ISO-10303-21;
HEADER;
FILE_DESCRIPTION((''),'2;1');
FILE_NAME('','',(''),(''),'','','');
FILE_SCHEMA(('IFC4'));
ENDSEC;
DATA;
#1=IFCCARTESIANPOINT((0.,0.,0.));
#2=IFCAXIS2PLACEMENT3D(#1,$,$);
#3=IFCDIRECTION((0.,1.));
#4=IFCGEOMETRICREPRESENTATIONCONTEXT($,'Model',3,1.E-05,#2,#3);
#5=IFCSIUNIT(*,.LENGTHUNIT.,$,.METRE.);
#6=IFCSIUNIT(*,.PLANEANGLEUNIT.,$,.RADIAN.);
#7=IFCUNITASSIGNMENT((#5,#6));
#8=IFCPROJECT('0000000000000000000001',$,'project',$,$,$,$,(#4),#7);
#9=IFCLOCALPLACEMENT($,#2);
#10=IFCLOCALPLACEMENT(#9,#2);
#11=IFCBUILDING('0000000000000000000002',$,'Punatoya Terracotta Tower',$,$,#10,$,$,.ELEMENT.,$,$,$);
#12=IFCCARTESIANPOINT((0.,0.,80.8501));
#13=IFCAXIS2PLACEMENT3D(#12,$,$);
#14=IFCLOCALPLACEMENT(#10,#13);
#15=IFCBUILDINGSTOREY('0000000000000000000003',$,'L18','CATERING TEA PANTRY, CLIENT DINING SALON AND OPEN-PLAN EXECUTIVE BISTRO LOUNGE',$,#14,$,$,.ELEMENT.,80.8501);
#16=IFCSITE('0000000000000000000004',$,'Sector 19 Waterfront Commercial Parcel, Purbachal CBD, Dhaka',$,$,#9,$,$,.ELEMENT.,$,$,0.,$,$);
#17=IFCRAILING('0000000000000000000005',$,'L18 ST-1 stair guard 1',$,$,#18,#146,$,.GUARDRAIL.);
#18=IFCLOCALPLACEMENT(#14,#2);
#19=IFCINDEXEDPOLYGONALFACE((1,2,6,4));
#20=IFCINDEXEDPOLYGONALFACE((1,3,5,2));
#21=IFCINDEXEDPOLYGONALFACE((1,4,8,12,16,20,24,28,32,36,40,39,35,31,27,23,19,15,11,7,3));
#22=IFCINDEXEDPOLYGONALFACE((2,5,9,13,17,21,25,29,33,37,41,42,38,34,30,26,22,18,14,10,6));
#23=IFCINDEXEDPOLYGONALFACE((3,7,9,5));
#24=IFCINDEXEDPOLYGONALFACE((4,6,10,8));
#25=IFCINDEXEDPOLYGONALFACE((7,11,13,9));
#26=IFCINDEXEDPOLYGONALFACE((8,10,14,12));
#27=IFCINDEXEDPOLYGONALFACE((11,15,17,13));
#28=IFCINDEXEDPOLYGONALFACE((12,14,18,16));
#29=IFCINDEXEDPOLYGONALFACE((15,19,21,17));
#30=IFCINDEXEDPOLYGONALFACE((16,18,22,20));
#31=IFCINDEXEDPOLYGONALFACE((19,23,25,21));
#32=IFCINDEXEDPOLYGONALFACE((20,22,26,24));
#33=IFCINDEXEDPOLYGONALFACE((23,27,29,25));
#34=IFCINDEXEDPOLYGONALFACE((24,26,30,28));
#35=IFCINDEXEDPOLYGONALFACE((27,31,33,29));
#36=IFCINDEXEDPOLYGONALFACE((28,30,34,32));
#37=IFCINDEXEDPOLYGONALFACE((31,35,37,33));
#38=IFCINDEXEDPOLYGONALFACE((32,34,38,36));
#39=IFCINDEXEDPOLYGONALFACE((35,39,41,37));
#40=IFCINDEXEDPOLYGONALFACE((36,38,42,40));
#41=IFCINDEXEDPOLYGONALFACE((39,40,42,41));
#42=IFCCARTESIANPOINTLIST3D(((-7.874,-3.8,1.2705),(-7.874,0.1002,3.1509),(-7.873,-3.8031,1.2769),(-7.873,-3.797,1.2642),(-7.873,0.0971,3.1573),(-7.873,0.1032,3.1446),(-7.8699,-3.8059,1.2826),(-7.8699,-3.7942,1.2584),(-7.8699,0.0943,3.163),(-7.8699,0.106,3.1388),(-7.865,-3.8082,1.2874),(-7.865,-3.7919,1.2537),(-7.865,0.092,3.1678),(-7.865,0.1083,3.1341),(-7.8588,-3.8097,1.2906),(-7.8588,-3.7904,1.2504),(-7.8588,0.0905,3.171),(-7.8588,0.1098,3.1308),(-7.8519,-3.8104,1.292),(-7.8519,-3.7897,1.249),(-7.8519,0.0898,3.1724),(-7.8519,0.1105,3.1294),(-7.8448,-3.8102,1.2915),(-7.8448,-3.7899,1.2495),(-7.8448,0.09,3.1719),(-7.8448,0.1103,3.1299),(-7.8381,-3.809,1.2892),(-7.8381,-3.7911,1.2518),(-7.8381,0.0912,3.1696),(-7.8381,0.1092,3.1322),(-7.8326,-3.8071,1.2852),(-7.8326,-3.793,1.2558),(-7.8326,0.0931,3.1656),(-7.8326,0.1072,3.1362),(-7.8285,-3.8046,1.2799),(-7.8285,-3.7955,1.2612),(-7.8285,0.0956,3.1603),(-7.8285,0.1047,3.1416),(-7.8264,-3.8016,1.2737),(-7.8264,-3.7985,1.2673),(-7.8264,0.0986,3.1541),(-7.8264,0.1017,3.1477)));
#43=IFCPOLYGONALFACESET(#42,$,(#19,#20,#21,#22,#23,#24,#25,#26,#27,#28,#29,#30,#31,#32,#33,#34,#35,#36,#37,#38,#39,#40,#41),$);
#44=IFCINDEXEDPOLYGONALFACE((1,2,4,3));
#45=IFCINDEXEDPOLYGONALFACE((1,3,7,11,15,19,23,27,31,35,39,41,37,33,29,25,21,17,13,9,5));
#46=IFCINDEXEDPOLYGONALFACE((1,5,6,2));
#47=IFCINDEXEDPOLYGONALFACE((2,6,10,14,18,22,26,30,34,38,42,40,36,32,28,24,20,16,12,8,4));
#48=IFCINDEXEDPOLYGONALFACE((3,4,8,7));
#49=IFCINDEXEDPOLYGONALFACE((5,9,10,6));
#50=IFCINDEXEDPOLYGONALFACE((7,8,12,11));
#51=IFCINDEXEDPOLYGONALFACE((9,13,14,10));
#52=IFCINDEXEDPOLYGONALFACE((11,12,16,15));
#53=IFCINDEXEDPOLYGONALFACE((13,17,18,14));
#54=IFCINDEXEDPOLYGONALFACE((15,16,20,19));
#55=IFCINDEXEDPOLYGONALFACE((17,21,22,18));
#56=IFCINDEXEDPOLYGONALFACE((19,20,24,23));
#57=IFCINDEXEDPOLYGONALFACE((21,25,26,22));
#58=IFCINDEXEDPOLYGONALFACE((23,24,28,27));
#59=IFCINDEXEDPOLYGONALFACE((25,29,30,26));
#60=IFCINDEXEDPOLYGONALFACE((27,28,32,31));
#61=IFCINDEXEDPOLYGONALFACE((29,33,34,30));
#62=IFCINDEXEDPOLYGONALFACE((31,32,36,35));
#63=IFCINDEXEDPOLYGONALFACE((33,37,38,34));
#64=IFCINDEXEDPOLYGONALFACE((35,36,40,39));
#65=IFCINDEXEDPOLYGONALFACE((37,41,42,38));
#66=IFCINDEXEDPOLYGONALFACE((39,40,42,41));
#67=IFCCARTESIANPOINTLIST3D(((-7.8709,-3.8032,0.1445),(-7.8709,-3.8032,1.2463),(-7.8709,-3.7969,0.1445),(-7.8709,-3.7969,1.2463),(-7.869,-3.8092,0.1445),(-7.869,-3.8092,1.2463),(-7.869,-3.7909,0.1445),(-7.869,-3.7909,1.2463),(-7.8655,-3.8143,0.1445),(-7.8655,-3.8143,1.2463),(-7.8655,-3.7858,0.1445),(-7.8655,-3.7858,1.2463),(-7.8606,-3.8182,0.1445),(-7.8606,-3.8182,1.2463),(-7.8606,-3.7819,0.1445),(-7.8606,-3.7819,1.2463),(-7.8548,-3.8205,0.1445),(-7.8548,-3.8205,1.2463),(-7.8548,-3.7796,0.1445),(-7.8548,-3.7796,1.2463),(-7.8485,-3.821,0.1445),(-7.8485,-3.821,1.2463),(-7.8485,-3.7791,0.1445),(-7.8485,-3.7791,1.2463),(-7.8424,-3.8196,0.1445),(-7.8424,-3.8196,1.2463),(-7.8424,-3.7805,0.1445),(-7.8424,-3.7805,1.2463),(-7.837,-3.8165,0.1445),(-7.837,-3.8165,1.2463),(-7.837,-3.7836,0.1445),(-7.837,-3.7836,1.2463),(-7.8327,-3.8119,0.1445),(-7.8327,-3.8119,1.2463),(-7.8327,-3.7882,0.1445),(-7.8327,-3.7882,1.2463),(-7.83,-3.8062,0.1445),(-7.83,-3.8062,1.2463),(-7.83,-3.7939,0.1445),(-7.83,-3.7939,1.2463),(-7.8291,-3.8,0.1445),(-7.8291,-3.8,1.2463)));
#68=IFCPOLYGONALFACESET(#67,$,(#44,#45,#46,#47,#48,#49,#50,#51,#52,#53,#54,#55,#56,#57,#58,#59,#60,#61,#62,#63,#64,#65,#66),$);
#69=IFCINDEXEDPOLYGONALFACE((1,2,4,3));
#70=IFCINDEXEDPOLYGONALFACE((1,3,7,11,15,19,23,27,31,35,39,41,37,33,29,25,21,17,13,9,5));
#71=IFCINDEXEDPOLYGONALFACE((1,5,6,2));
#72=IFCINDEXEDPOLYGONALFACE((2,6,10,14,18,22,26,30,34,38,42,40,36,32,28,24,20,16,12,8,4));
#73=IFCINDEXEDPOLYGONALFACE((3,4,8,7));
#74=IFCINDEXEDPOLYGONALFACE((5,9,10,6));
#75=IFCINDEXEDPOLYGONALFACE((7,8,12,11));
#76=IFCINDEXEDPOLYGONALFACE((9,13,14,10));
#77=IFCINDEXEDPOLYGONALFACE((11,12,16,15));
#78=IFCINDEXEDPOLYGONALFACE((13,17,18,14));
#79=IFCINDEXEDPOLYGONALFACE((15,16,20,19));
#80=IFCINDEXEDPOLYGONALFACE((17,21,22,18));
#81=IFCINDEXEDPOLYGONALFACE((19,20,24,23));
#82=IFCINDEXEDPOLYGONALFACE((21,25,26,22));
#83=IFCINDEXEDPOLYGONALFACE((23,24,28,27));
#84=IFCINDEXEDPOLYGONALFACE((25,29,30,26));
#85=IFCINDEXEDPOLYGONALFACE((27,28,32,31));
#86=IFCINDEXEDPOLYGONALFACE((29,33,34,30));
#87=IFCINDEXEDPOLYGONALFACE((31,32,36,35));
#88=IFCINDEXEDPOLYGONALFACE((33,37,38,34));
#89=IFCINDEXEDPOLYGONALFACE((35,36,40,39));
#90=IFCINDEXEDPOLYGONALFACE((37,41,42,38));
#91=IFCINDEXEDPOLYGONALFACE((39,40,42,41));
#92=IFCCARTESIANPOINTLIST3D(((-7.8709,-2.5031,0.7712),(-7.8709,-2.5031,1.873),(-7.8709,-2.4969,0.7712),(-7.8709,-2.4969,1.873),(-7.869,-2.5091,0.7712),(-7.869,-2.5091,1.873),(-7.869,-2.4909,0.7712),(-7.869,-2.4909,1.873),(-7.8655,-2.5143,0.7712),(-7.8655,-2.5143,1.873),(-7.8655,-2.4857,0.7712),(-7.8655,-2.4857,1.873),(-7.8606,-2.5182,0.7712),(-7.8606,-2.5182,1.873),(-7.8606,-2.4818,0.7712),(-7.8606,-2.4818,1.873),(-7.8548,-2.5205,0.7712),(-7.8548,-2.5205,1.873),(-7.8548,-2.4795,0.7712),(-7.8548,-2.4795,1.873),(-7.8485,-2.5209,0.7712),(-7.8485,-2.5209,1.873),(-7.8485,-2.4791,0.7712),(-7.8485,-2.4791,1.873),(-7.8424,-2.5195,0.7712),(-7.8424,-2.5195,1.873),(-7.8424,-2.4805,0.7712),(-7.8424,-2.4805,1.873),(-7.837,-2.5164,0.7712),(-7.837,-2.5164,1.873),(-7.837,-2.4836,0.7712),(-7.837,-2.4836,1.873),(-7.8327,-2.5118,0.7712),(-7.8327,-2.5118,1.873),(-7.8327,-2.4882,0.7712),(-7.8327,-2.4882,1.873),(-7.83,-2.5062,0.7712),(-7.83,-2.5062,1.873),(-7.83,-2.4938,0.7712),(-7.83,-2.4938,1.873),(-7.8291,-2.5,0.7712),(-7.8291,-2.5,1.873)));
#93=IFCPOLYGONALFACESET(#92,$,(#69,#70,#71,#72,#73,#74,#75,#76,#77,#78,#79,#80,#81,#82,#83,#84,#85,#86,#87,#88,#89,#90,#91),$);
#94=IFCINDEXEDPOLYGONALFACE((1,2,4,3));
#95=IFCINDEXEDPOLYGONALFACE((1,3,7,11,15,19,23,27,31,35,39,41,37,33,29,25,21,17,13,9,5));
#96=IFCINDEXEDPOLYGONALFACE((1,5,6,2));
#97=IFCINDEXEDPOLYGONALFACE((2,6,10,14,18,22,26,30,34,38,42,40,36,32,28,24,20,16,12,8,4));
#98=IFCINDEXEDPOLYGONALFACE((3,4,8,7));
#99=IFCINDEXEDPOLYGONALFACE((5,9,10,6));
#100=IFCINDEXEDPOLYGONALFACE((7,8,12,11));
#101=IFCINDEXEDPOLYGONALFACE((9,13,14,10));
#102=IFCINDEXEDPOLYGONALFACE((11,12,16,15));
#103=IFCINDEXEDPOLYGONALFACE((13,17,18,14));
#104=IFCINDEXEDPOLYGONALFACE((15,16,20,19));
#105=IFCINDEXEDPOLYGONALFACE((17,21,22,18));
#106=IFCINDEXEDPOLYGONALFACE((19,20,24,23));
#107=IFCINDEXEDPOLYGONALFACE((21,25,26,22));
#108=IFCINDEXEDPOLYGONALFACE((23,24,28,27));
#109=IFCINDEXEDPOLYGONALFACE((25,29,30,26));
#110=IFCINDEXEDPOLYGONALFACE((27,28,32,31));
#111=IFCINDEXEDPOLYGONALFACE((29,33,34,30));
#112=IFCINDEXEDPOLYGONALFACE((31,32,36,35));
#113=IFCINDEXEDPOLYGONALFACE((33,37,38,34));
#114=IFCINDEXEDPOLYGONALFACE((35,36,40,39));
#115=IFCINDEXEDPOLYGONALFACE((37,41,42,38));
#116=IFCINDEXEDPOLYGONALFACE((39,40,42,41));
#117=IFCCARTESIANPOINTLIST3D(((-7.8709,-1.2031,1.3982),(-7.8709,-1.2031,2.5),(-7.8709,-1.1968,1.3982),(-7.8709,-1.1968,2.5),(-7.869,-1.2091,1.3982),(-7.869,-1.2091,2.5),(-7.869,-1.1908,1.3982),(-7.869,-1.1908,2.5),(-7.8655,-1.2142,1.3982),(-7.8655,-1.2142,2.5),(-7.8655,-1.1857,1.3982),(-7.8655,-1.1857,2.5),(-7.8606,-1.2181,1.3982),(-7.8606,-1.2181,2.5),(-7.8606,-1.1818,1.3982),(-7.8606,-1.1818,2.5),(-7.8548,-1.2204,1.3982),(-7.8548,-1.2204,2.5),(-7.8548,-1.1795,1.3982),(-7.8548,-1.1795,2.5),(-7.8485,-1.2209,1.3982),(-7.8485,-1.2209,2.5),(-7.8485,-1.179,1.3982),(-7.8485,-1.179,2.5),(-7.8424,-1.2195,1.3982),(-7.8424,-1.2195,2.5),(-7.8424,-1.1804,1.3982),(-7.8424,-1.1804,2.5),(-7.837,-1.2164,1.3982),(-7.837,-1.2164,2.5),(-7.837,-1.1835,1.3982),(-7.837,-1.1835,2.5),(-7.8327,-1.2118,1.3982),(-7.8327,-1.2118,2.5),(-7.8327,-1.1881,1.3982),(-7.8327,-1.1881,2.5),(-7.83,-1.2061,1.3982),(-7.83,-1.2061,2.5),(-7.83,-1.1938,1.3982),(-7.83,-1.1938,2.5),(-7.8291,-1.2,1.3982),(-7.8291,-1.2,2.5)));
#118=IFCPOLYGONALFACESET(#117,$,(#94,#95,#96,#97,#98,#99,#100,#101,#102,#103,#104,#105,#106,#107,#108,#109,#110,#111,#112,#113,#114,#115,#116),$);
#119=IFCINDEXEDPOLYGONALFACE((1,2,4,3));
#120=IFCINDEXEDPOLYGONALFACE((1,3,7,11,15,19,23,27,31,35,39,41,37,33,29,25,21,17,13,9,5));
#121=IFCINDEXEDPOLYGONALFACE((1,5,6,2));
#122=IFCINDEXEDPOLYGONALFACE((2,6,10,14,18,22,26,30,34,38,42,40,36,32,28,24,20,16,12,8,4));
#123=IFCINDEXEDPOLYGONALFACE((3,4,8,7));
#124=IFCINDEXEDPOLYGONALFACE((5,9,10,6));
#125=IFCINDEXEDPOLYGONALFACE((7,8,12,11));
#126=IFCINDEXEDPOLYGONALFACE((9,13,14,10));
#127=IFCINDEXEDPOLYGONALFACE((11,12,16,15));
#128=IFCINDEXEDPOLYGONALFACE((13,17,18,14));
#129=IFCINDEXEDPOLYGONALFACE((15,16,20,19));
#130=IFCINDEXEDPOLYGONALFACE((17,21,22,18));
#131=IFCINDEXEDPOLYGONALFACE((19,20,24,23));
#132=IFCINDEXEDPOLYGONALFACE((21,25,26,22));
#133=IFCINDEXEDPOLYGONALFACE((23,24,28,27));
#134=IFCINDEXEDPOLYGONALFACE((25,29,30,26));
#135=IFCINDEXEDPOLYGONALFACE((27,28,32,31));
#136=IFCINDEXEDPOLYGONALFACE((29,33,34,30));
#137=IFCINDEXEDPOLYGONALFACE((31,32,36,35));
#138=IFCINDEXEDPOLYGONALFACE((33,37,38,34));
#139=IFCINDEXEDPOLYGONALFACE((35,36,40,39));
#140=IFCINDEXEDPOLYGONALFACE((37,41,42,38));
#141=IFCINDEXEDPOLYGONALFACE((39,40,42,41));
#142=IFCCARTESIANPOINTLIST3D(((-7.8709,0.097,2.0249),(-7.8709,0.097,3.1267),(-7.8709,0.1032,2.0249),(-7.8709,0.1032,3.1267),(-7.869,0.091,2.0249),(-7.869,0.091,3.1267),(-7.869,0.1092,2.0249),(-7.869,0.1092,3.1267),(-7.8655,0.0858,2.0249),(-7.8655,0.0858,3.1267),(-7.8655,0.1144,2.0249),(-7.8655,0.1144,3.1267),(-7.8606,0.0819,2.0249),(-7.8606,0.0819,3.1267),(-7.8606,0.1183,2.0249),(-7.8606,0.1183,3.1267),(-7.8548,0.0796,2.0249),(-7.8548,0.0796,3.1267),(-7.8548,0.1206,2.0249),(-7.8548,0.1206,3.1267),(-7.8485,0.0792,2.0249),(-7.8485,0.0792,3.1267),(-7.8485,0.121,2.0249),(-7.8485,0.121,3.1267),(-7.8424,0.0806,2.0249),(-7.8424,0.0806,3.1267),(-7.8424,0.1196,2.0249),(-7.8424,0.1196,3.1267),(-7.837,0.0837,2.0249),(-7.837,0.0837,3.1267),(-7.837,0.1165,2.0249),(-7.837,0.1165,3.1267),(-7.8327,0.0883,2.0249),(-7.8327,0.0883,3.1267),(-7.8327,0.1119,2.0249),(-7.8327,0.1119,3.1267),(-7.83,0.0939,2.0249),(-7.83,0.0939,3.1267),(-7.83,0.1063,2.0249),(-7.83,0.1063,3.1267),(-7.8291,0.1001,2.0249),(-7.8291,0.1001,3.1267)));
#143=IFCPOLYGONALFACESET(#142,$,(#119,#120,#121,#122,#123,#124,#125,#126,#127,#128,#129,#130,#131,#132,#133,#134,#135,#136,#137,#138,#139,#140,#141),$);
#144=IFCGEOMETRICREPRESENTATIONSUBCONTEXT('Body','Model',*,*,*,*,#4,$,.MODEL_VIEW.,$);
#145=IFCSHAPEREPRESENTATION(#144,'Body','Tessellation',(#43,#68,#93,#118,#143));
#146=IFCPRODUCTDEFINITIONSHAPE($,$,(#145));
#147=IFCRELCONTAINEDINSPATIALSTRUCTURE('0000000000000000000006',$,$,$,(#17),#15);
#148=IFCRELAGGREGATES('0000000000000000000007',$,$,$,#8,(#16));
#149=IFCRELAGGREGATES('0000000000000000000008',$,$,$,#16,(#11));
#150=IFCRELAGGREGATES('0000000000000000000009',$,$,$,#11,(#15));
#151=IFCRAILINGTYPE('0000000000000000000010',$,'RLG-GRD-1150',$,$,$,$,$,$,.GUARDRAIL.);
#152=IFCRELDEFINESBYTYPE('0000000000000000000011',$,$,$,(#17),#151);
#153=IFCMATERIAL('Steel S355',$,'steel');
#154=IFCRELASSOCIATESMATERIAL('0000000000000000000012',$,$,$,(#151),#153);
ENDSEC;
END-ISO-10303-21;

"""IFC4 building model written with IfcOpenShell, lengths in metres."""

from ifc_helpers import new_model, si_unit, direction, frame, origin, origin_2d, place, context, subcontext, project, spatial, circle, extrude, material, type_object, element, save


model = new_model("IFC4")

# Units and contexts
model_context = context("Model", 3, precision=1e-05, world=origin(), true_north=direction((0.0, 1.0)))
body_context = subcontext(model_context, "Body", "Model", "MODEL_VIEW")
ifc_project = project(units=[si_unit("LENGTHUNIT", "METRE"), si_unit("PLANEANGLEUNIT", "RADIAN")], contexts=[model_context])

# Site, building, storey
site_placement = place(None, origin())
site = spatial("IfcSite", under=ifc_project, at=site_placement, Name="Sector 19 Waterfront Commercial Parcel, Purbachal CBD, Dhaka", CompositionType="ELEMENT", RefElevation=0.0)
building_placement = place(site_placement, origin())
building = spatial("IfcBuilding", under=site, at=building_placement, Name="Punatoya Terracotta Tower", CompositionType="ELEMENT")
storey_placement = place(building_placement, frame((0.0, 0.0, 80.8501)))
storey = spatial("IfcBuildingStorey", under=building, at=storey_placement, Name="L18", Description="CATERING TEA PANTRY, CLIENT DINING SALON AND OPEN-PLAN EXECUTIVE BISTRO LOUNGE", CompositionType="ELEMENT", Elevation=80.8501)

# Shared definitions
ifc_material_1 = material(Name="Steel S355", Category="steel")

# Railing
railing_type_1 = type_object("IfcRailingType", Name="RLG-GRD-1150", PredefinedType="GUARDRAIL", material=ifc_material_1)
railing_1_placement = place(storey_placement, frame((-7.8501, -3.8, 0.1445)))
element("IfcRailing", 1, at=railing_1_placement, inside=storey, type_object=railing_type_1, Name="L18 ST-1 stair guard 1", PredefinedType="GUARDRAIL", context=body_context, shape_type="SweptSolid", body=[
    extrude(circle(Radius=0.0239, at=origin_2d()), frame((0.0, 0.0, 1.126), z_axis=(0.0, 0.900774, 0.434289), x_axis=(-1.0, 0.0, 0.0)), (0.0, 0.0, 1.0), 4.3298),
    extrude(circle(Radius=0.021, at=origin_2d()), origin(), (0.0, 0.0, 1.0), 1.1018),
    extrude(circle(Radius=0.021, at=origin_2d()), frame((0.0, 1.3, 0.6267)), (0.0, 0.0, 1.0), 1.1018),
    extrude(circle(Radius=0.021, at=origin_2d()), frame((0.0, 2.6001, 1.2537)), (0.0, 0.0, 1.0), 1.1018),
    extrude(circle(Radius=0.021, at=origin_2d()), frame((0.0, 3.9001, 1.8804)), (0.0, 0.0, 1.0), 1.1018),
])

save(model, "model.ifc")
